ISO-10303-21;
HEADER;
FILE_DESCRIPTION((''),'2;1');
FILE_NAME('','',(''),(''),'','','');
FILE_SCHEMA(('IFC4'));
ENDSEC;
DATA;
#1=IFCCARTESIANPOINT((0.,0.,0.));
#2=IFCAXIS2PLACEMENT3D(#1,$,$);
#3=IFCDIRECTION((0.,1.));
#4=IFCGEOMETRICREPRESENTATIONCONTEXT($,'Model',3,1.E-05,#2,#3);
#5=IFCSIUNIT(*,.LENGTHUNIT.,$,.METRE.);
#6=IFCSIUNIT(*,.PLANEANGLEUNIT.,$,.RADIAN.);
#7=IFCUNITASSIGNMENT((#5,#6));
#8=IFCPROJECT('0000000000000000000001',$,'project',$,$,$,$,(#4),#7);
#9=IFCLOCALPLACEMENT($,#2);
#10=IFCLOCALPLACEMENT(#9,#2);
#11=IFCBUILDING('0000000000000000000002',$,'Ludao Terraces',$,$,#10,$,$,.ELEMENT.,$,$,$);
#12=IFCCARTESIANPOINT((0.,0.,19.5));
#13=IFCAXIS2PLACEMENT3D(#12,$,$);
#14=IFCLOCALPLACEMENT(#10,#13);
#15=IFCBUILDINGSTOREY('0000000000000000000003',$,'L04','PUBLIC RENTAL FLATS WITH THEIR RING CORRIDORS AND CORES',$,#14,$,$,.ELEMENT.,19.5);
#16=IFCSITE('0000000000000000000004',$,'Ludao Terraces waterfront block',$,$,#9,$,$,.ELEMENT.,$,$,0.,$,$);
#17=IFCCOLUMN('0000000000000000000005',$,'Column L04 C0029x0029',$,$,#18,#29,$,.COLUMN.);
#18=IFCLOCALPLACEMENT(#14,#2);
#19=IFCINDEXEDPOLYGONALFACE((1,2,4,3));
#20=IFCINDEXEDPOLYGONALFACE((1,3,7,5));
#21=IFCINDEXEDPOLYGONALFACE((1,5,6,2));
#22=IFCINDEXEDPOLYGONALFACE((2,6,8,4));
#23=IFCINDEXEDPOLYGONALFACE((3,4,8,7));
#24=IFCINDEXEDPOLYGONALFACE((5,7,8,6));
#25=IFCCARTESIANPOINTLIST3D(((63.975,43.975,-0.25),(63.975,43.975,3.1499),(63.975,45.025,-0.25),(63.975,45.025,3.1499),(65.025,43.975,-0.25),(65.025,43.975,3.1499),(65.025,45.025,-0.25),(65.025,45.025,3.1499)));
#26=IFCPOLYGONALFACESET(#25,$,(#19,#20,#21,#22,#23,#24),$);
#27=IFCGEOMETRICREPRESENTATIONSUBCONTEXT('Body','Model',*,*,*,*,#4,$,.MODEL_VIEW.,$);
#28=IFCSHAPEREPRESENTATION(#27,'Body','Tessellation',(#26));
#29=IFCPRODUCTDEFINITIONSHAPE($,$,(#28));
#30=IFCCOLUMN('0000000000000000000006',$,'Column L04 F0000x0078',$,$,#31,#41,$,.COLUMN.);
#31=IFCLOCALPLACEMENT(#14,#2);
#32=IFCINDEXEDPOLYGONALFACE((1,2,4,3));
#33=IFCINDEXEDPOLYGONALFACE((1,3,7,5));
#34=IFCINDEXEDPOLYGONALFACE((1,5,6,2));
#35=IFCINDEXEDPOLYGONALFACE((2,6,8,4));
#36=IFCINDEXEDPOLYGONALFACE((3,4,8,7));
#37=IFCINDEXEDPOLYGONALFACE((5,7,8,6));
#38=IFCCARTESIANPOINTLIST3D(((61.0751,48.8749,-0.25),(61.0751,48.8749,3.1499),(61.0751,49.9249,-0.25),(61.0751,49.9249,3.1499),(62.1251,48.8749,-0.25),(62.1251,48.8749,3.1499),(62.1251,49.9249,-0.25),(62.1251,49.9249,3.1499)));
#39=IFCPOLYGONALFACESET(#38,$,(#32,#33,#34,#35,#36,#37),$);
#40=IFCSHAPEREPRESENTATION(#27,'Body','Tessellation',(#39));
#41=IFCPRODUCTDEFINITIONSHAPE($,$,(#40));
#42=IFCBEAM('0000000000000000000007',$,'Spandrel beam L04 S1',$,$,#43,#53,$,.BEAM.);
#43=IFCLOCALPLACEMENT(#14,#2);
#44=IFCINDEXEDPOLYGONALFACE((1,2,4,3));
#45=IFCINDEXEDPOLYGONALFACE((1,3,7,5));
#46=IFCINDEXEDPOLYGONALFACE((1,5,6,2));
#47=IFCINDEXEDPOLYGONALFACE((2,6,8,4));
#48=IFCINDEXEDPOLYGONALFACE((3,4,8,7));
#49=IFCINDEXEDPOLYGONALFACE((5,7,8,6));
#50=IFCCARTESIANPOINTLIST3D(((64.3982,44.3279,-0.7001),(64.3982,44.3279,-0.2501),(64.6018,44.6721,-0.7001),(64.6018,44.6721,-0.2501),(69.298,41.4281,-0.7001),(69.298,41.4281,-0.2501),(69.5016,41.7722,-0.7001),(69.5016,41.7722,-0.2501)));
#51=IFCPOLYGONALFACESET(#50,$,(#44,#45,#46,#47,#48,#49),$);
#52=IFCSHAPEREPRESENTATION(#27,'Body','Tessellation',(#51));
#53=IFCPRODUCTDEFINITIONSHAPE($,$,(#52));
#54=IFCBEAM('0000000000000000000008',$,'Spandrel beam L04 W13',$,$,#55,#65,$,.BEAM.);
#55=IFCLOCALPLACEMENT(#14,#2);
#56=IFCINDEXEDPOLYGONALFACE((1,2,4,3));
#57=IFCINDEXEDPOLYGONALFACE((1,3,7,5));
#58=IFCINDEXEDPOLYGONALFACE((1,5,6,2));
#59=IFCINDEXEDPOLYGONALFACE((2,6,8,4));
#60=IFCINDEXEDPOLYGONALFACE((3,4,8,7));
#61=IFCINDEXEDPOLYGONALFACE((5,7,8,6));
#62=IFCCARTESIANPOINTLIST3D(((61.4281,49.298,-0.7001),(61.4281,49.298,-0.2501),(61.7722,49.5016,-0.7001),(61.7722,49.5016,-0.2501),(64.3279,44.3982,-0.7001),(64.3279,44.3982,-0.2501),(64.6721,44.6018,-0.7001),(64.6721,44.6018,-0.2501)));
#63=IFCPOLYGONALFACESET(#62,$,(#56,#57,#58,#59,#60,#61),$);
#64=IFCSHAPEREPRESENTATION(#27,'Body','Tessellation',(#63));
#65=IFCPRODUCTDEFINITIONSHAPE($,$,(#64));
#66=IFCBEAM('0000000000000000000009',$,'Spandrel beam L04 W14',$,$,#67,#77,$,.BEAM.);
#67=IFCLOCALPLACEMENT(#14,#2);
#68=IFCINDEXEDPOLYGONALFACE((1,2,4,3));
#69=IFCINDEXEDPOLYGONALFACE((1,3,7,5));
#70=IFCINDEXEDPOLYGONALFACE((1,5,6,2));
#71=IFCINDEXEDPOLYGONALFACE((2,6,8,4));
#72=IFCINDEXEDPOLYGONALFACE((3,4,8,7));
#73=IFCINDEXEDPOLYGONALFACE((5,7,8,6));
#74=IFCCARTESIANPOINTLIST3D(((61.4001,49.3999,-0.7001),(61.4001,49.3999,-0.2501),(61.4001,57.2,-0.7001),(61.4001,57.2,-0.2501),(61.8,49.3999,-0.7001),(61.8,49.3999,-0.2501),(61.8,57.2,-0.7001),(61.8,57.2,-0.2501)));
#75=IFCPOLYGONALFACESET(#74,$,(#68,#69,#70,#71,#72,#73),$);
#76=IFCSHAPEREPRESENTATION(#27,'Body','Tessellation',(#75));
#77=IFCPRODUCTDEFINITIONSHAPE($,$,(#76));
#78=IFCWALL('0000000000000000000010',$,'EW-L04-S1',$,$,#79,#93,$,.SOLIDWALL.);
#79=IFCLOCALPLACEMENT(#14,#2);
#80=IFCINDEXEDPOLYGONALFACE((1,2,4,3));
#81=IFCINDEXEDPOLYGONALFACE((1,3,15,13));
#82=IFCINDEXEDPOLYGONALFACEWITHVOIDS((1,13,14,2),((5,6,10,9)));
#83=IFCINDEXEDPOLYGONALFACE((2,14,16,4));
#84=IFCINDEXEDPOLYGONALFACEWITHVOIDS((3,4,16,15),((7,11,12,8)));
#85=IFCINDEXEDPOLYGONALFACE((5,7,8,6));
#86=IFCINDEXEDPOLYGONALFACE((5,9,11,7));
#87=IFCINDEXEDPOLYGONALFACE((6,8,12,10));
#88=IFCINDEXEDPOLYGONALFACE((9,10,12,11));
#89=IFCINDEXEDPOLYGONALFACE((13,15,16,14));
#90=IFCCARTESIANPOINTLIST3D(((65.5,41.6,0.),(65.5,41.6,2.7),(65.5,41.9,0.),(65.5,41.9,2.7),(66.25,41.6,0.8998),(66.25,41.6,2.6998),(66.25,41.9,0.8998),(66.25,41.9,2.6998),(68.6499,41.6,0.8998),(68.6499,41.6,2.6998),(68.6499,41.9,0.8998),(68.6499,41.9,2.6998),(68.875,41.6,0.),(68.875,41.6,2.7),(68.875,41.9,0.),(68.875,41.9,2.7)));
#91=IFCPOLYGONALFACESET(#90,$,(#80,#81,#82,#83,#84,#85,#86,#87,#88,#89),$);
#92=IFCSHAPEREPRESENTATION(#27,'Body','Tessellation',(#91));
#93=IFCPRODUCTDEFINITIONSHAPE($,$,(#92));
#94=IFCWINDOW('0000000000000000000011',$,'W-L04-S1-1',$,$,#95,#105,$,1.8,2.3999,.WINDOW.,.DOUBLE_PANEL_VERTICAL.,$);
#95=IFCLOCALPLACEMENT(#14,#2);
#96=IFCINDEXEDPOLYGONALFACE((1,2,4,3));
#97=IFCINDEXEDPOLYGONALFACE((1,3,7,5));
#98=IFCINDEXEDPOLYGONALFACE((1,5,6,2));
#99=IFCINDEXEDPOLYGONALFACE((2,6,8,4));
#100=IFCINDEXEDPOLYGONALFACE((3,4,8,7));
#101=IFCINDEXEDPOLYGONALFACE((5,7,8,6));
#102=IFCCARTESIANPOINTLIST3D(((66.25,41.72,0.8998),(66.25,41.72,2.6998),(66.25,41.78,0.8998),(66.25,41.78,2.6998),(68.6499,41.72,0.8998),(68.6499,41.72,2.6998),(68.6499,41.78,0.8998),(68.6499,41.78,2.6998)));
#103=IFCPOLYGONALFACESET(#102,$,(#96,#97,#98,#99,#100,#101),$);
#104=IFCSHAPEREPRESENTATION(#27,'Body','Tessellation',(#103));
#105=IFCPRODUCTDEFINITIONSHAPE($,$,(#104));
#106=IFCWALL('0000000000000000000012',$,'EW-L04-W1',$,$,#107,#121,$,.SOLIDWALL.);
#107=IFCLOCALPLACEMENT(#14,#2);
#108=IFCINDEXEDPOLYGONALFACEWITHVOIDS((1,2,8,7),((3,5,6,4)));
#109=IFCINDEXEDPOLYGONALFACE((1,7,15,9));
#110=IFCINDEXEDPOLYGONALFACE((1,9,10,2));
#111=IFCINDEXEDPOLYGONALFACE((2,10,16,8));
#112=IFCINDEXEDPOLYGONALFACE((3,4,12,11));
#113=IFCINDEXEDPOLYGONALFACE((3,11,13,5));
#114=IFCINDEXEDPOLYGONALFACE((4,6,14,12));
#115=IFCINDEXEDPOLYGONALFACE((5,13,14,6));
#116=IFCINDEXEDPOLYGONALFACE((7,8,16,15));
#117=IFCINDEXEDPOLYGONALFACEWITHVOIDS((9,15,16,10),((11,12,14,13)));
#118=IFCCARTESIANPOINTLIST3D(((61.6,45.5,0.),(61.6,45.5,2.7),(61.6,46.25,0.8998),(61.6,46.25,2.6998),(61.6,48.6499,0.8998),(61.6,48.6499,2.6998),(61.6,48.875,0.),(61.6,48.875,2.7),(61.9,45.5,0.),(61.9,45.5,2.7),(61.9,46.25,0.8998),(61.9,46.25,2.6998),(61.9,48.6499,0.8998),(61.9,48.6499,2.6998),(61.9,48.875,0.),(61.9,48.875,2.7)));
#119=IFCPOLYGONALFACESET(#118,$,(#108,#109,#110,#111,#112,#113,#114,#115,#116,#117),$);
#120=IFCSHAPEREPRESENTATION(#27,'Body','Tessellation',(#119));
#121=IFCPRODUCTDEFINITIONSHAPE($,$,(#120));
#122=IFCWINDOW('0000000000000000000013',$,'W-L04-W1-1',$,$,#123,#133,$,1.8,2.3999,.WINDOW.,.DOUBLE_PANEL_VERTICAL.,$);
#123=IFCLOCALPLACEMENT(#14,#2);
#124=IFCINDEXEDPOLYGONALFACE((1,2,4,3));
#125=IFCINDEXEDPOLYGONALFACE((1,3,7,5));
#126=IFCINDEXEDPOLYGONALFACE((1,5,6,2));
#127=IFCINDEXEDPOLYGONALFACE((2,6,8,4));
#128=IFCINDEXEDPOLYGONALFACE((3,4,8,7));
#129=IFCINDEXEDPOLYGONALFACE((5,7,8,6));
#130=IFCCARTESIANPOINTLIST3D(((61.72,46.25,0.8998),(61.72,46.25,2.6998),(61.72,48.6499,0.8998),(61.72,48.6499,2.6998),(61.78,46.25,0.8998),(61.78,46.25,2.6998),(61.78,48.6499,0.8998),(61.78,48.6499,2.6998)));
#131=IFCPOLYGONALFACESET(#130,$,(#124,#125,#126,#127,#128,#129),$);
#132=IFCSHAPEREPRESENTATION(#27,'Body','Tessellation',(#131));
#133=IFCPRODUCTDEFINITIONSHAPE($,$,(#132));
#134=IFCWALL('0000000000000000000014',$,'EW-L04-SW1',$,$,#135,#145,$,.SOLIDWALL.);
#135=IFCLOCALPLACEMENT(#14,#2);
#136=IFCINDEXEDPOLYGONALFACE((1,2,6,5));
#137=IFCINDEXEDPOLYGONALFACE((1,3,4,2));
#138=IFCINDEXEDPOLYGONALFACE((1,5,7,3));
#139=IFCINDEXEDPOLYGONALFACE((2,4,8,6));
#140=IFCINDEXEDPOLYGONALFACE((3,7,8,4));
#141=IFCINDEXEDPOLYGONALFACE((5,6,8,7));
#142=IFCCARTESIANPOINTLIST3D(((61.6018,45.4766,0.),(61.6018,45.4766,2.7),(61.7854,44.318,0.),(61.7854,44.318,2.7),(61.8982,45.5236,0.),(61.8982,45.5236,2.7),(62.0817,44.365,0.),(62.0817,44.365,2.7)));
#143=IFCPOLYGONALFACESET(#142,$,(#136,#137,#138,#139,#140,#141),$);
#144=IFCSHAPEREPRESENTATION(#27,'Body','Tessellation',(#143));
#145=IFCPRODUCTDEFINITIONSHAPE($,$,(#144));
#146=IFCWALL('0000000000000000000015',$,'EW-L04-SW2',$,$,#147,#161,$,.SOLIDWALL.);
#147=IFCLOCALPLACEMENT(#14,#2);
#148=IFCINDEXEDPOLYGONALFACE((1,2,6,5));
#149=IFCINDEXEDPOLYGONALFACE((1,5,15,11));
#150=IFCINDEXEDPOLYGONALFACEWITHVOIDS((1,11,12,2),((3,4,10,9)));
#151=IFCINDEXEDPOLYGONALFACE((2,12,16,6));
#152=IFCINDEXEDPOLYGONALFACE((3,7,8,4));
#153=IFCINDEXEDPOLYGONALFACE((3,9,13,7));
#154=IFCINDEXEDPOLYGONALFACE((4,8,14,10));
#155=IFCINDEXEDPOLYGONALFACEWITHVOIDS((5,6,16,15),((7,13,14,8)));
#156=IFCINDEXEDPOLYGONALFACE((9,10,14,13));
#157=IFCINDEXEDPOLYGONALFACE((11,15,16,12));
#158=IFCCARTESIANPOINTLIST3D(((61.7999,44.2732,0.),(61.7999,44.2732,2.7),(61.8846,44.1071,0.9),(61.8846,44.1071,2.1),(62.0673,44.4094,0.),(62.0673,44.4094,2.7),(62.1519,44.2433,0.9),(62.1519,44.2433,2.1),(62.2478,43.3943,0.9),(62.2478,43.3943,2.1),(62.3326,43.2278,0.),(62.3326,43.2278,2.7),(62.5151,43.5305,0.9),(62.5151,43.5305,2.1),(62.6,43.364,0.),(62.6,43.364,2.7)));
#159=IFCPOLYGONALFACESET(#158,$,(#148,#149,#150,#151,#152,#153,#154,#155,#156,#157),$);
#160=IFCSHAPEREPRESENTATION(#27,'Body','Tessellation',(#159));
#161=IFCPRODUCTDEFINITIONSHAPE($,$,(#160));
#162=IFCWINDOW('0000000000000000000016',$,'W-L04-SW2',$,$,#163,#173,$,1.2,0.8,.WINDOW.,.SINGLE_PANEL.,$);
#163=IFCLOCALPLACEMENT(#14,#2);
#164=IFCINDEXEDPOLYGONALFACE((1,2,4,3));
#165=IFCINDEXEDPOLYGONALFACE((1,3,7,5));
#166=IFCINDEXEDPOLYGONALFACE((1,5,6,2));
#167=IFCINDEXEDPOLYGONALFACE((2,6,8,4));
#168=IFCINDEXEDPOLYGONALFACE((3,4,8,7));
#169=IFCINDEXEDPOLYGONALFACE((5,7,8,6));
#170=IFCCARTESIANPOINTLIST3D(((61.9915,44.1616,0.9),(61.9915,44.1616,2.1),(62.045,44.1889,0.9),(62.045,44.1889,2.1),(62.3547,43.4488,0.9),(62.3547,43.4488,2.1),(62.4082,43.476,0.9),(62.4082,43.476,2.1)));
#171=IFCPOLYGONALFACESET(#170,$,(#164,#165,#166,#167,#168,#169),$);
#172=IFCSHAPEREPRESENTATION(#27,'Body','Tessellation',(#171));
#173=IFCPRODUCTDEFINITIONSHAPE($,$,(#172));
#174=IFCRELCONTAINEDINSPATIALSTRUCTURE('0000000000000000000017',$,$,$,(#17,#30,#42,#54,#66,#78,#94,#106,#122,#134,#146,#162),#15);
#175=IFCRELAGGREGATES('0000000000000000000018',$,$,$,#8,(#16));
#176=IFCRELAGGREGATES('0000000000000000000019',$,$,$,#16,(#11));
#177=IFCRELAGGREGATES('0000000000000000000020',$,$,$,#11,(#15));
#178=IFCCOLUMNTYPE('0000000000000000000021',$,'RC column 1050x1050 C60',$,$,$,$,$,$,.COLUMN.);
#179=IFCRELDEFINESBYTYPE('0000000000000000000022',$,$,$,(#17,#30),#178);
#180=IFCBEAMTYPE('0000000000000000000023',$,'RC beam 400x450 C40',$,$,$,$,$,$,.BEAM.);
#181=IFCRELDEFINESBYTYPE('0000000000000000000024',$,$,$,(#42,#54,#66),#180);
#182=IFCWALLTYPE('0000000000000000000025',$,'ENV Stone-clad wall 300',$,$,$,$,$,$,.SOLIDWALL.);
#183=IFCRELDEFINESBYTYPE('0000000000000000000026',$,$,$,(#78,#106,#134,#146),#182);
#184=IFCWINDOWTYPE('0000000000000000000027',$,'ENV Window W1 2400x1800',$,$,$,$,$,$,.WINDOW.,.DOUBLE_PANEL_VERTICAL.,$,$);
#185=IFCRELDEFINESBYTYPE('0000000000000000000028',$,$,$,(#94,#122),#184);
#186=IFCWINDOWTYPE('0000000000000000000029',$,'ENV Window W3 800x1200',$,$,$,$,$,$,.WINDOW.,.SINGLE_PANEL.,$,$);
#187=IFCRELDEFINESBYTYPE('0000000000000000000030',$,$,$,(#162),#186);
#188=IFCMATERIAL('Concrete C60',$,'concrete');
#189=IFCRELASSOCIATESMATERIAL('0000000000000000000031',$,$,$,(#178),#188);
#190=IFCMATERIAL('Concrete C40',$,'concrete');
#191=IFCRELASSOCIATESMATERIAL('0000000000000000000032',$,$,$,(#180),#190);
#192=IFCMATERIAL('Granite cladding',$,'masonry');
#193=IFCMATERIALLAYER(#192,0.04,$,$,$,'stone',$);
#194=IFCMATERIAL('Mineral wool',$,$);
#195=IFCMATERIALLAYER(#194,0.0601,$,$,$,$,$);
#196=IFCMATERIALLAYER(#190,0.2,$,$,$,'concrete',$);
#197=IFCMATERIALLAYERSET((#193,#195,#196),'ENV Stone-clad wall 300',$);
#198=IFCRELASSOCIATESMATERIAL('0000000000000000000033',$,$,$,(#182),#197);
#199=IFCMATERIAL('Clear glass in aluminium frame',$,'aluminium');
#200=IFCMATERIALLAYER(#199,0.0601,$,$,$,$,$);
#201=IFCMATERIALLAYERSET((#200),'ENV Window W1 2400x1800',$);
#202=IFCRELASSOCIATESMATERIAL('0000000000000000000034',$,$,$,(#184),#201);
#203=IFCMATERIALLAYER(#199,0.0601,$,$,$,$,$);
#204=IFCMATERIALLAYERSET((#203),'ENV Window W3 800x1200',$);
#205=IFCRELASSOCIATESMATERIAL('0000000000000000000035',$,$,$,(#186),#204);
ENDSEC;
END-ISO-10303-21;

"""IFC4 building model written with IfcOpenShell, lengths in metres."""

from ifc_helpers import new_model, si_unit, direction, frame, frame_2d, origin, origin_2d, place, context, subcontext, project, spatial, rectangle, extrude, material, layer, layer_set, material_profile, profile_set, type_object, element, fill, save


model = new_model("IFC4")

# Units and contexts
model_context = context("Model", 3, precision=1e-05, world=origin(), true_north=direction((0.0, 1.0)))
body_context = subcontext(model_context, "Body", "Model", "MODEL_VIEW")
ifc_project = project(units=[si_unit("LENGTHUNIT", "METRE"), si_unit("PLANEANGLEUNIT", "RADIAN")], contexts=[model_context])

# Site, building, storey
site_placement = place(None, origin())
site = spatial("IfcSite", under=ifc_project, at=site_placement, Name="Ludao Terraces waterfront block", CompositionType="ELEMENT", RefElevation=0.0)
building_placement = place(site_placement, origin())
building = spatial("IfcBuilding", under=site, at=building_placement, Name="Ludao Terraces", CompositionType="ELEMENT")
storey_placement = place(building_placement, frame((0.0, 0.0, 19.5)))
storey = spatial("IfcBuildingStorey", under=building, at=storey_placement, Name="L04", Description="PUBLIC RENTAL FLATS WITH THEIR RING CORRIDORS AND CORES", CompositionType="ELEMENT", Elevation=19.5)

# Columns
ifc_material_1 = material(Name="Concrete C60", Category="concrete")
ifc_material_profile_1 = material_profile(ifc_material_1, rectangle(XDim=1.05, YDim=1.05, at=origin_2d()), Name="1050 X 1050")
ifc_profile_set_1 = profile_set([ifc_material_profile_1], Name="Concrete C60")
column_type = type_object("IfcColumnType", Name="RC column 1050x1050 C60", PredefinedType="COLUMN", material=ifc_profile_set_1)
for number, where, z_axis, x_axis, name in (
    (1, (64.5, 44.5, -0.25), (0.0, 0.0, 1.0), (1.0, 0.0, 0.0), "Column L04 C0029x0029"),
    (2, (61.6001, 49.3999, -0.25), (0.0, 0.0, 1.0), (1.0, 0.0, 0.0), "Column L04 F0000x0078"),
):
    element("IfcColumn", number, at=place(storey_placement, frame(where, z_axis=z_axis, x_axis=x_axis)), inside=storey, type_object=column_type, Name=name, PredefinedType="COLUMN", context=body_context, shape_type="SweptSolid", body=[
        extrude(rectangle(XDim=1.05, YDim=1.05, at=origin_2d()), origin(), (0.0, 0.0, 1.0), 3.3999),
    ])

# Beams
ifc_material_2 = material(Name="Concrete C40", Category="concrete")
ifc_material_profile_2 = material_profile(ifc_material_2, rectangle(XDim=0.3999, YDim=0.45, at=origin_2d()), Name="400 X 450")
ifc_profile_set_2 = profile_set([ifc_material_profile_2], Name="Concrete C40")
beam_type = type_object("IfcBeamType", Name="RC beam 400x450 C40", PredefinedType="BEAM", material=ifc_profile_set_2)
for number, where, z_axis, x_axis, name in (
    (3, (64.5, 44.5, -0.4751), (0.86058, -0.509316, 0.0), (0.509316, 0.86058, 0.0), "Spandrel beam L04 S1"),
    (4, (64.5, 44.5, -0.4751), (-0.509316, 0.86058, 0.0), (-0.86058, -0.509316, 0.0), "Spandrel beam L04 W13"),
):
    element("IfcBeam", number, at=place(storey_placement, frame(where, z_axis=z_axis, x_axis=x_axis)), inside=storey, type_object=beam_type, Name=name, PredefinedType="BEAM", context=body_context, shape_type="SweptSolid", body=[
        extrude(rectangle(XDim=0.3999, YDim=0.45, at=origin_2d()), origin(), (0.0, 0.0, 1.0), 5.6936),
    ])
beam_placement = place(storey_placement, frame((61.6001, 49.3999, -0.4751), z_axis=(0.0, 1.0, 0.0), x_axis=(-1.0, 0.0, 0.0)))
element("IfcBeam", 5, at=beam_placement, inside=storey, type_object=beam_type, Name="Spandrel beam L04 W14", PredefinedType="BEAM", context=body_context, shape_type="SweptSolid", body=[
    extrude(rectangle(XDim=0.3999, YDim=0.45, at=origin_2d()), origin(), (0.0, 0.0, 1.0), 7.8),
])

# Walls, openings, windows
ifc_material_3 = material(Name="Granite cladding", Category="masonry")
ifc_layer_1 = layer(ifc_material_3, 0.04, Category="stone")
ifc_material_4 = material(Name="Mineral wool")
ifc_layer_2 = layer(ifc_material_4, 0.0601)
ifc_layer_3 = layer(ifc_material_2, 0.2, Category="concrete")
ifc_layer_set_1 = layer_set([ifc_layer_1, ifc_layer_2, ifc_layer_3], Name="ENV Stone-clad wall 300")
wall_type_1 = type_object("IfcWallType", Name="ENV Stone-clad wall 300", PredefinedType="SOLIDWALL", material=ifc_layer_set_1)
wall_1_placement = place(storey_placement, frame((65.5, 41.75, 0.0), z_axis=(0.0, 0.0, 1.0), x_axis=(1.0, 0.0, 0.0)))
wall_1 = element("IfcWall", 6, at=wall_1_placement, inside=storey, type_object=wall_type_1, Name="EW-L04-S1", PredefinedType="SOLIDWALL", context=body_context, shape_type="SweptSolid", body=[
    extrude(rectangle(XDim=3.375, YDim=0.3, at=frame_2d((1.6875, 0.0))), origin(), (0.0, 0.0, 1.0), 2.7),
])
opening_1_placement = place(wall_1_placement, frame((0.75, 0.0, 0.8999)))
opening_1 = element("IfcOpeningElement", 7, at=opening_1_placement, cuts=wall_1, PredefinedType="OPENING", context=body_context, shape_type="SweptSolid", body=[
    extrude(rectangle(XDim=2.3999, YDim=1.8, at=frame_2d((1.2, 0.8999))), frame((0.0, 0.1602, 0.0), z_axis=(0.0, -1.0, 0.0), x_axis=(1.0, 0.0, 0.0)), (0.0, 0.0, 1.0), 0.3201),
])
ifc_material_5 = material(Name="Clear glass in aluminium frame", Category="aluminium")
ifc_layer_4 = layer(ifc_material_5, 0.0601)
ifc_layer_set_2 = layer_set([ifc_layer_4], Name="ENV Window W1 2400x1800")
window_type_1 = type_object("IfcWindowType", Name="ENV Window W1 2400x1800", PartitioningType="DOUBLE_PANEL_VERTICAL", PredefinedType="WINDOW", material=ifc_layer_set_2)
window_1_placement = place(opening_1_placement, origin())
window_1 = element("IfcWindow", 8, at=window_1_placement, inside=storey, type_object=window_type_1, Name="W-L04-S1-1", OverallHeight=1.8, OverallWidth=2.3999, PartitioningType="DOUBLE_PANEL_VERTICAL", PredefinedType="WINDOW", context=body_context, shape_type="SweptSolid", body=[
    extrude(rectangle(XDim=2.3999, YDim=1.8, at=frame_2d((1.2, 0.8999))), frame((0.0, 0.03, 0.0), z_axis=(0.0, -1.0, 0.0), x_axis=(1.0, 0.0, 0.0)), (0.0, 0.0, 1.0), 0.0601),
])
fill(opening_1, window_1)
wall_2_placement = place(storey_placement, frame((61.75, 45.5, 0.0), z_axis=(0.0, 0.0, 1.0), x_axis=(0.0, 1.0, 0.0)))
wall_2 = element("IfcWall", 9, at=wall_2_placement, inside=storey, type_object=wall_type_1, Name="EW-L04-W1", PredefinedType="SOLIDWALL", context=body_context, shape_type="SweptSolid", body=[
    extrude(rectangle(XDim=3.375, YDim=0.3, at=frame_2d((1.6875, 0.0))), origin(), (0.0, 0.0, 1.0), 2.7),
])
opening_2_placement = place(wall_2_placement, frame((0.75, 0.0, 0.8999)))
opening_2 = element("IfcOpeningElement", 10, at=opening_2_placement, cuts=wall_2, PredefinedType="OPENING", context=body_context, shape_type="SweptSolid", body=[
    extrude(rectangle(XDim=2.3999, YDim=1.8, at=frame_2d((1.2, 0.8999))), frame((0.0, 0.1602, 0.0), z_axis=(0.0, -1.0, 0.0), x_axis=(1.0, 0.0, 0.0)), (0.0, 0.0, 1.0), 0.3201),
])
window_2_placement = place(opening_2_placement, origin())
window_2 = element("IfcWindow", 11, at=window_2_placement, inside=storey, type_object=window_type_1, Name="W-L04-W1-1", OverallHeight=1.8, OverallWidth=2.3999, PartitioningType="DOUBLE_PANEL_VERTICAL", PredefinedType="WINDOW", context=body_context, shape_type="SweptSolid", body=[
    extrude(rectangle(XDim=2.3999, YDim=1.8, at=frame_2d((1.2, 0.8999))), frame((0.0, 0.03, 0.0), z_axis=(0.0, -1.0, 0.0), x_axis=(1.0, 0.0, 0.0)), (0.0, 0.0, 1.0), 0.0601),
])
fill(opening_2, window_2)

# Wall
wall_3_placement = place(storey_placement, frame((61.75, 45.5, 0.0), z_axis=(0.0, 0.0, 1.0), x_axis=(0.156497, -0.987678, 0.0)))
element("IfcWall", 12, at=wall_3_placement, inside=storey, type_object=wall_type_1, Name="EW-L04-SW1", PredefinedType="SOLIDWALL", context=body_context, shape_type="SweptSolid", body=[
    extrude(rectangle(XDim=1.1731, YDim=0.3, at=frame_2d((0.5864, 0.0))), origin(), (0.0, 0.0, 1.0), 2.7),
])

# Wall, opening, window
wall_4_placement = place(storey_placement, frame((61.9336, 44.3413, 0.0), z_axis=(0.0, 0.0, 1.0), x_axis=(0.454026, -0.890989, 0.0)))
wall_4 = element("IfcWall", 13, at=wall_4_placement, inside=storey, type_object=wall_type_1, Name="EW-L04-SW2", PredefinedType="SOLIDWALL", context=body_context, shape_type="SweptSolid", body=[
    extrude(rectangle(XDim=1.1733, YDim=0.3, at=frame_2d((0.5867, 0.0))), origin(), (0.0, 0.0, 1.0), 2.7),
])
opening_3_placement = place(wall_4_placement, frame((0.1865, 0.0, 0.8999)))
opening_3 = element("IfcOpeningElement", 14, at=opening_3_placement, cuts=wall_4, PredefinedType="OPENING", context=body_context, shape_type="SweptSolid", body=[
    extrude(rectangle(XDim=0.8, YDim=1.2, at=frame_2d((0.3999, 0.6001))), frame((0.0, 0.1602, 0.0), z_axis=(0.0, -1.0, 0.0), x_axis=(1.0, 0.0, 0.0)), (0.0, 0.0, 1.0), 0.3201),
])
ifc_layer_5 = layer(ifc_material_5, 0.0601)
ifc_layer_set_3 = layer_set([ifc_layer_5], Name="ENV Window W3 800x1200")
window_type_2 = type_object("IfcWindowType", Name="ENV Window W3 800x1200", PartitioningType="SINGLE_PANEL", PredefinedType="WINDOW", material=ifc_layer_set_3)
window_3_placement = place(opening_3_placement, origin())
window_3 = element("IfcWindow", 15, at=window_3_placement, inside=storey, type_object=window_type_2, Name="W-L04-SW2", OverallHeight=1.2, OverallWidth=0.8, PartitioningType="SINGLE_PANEL", PredefinedType="WINDOW", context=body_context, shape_type="SweptSolid", body=[
    extrude(rectangle(XDim=0.8, YDim=1.2, at=frame_2d((0.3999, 0.6001))), frame((0.0, 0.03, 0.0), z_axis=(0.0, -1.0, 0.0), x_axis=(1.0, 0.0, 0.0)), (0.0, 0.0, 1.0), 0.0601),
])
fill(opening_3, window_3)

save(model, "model.ifc")
